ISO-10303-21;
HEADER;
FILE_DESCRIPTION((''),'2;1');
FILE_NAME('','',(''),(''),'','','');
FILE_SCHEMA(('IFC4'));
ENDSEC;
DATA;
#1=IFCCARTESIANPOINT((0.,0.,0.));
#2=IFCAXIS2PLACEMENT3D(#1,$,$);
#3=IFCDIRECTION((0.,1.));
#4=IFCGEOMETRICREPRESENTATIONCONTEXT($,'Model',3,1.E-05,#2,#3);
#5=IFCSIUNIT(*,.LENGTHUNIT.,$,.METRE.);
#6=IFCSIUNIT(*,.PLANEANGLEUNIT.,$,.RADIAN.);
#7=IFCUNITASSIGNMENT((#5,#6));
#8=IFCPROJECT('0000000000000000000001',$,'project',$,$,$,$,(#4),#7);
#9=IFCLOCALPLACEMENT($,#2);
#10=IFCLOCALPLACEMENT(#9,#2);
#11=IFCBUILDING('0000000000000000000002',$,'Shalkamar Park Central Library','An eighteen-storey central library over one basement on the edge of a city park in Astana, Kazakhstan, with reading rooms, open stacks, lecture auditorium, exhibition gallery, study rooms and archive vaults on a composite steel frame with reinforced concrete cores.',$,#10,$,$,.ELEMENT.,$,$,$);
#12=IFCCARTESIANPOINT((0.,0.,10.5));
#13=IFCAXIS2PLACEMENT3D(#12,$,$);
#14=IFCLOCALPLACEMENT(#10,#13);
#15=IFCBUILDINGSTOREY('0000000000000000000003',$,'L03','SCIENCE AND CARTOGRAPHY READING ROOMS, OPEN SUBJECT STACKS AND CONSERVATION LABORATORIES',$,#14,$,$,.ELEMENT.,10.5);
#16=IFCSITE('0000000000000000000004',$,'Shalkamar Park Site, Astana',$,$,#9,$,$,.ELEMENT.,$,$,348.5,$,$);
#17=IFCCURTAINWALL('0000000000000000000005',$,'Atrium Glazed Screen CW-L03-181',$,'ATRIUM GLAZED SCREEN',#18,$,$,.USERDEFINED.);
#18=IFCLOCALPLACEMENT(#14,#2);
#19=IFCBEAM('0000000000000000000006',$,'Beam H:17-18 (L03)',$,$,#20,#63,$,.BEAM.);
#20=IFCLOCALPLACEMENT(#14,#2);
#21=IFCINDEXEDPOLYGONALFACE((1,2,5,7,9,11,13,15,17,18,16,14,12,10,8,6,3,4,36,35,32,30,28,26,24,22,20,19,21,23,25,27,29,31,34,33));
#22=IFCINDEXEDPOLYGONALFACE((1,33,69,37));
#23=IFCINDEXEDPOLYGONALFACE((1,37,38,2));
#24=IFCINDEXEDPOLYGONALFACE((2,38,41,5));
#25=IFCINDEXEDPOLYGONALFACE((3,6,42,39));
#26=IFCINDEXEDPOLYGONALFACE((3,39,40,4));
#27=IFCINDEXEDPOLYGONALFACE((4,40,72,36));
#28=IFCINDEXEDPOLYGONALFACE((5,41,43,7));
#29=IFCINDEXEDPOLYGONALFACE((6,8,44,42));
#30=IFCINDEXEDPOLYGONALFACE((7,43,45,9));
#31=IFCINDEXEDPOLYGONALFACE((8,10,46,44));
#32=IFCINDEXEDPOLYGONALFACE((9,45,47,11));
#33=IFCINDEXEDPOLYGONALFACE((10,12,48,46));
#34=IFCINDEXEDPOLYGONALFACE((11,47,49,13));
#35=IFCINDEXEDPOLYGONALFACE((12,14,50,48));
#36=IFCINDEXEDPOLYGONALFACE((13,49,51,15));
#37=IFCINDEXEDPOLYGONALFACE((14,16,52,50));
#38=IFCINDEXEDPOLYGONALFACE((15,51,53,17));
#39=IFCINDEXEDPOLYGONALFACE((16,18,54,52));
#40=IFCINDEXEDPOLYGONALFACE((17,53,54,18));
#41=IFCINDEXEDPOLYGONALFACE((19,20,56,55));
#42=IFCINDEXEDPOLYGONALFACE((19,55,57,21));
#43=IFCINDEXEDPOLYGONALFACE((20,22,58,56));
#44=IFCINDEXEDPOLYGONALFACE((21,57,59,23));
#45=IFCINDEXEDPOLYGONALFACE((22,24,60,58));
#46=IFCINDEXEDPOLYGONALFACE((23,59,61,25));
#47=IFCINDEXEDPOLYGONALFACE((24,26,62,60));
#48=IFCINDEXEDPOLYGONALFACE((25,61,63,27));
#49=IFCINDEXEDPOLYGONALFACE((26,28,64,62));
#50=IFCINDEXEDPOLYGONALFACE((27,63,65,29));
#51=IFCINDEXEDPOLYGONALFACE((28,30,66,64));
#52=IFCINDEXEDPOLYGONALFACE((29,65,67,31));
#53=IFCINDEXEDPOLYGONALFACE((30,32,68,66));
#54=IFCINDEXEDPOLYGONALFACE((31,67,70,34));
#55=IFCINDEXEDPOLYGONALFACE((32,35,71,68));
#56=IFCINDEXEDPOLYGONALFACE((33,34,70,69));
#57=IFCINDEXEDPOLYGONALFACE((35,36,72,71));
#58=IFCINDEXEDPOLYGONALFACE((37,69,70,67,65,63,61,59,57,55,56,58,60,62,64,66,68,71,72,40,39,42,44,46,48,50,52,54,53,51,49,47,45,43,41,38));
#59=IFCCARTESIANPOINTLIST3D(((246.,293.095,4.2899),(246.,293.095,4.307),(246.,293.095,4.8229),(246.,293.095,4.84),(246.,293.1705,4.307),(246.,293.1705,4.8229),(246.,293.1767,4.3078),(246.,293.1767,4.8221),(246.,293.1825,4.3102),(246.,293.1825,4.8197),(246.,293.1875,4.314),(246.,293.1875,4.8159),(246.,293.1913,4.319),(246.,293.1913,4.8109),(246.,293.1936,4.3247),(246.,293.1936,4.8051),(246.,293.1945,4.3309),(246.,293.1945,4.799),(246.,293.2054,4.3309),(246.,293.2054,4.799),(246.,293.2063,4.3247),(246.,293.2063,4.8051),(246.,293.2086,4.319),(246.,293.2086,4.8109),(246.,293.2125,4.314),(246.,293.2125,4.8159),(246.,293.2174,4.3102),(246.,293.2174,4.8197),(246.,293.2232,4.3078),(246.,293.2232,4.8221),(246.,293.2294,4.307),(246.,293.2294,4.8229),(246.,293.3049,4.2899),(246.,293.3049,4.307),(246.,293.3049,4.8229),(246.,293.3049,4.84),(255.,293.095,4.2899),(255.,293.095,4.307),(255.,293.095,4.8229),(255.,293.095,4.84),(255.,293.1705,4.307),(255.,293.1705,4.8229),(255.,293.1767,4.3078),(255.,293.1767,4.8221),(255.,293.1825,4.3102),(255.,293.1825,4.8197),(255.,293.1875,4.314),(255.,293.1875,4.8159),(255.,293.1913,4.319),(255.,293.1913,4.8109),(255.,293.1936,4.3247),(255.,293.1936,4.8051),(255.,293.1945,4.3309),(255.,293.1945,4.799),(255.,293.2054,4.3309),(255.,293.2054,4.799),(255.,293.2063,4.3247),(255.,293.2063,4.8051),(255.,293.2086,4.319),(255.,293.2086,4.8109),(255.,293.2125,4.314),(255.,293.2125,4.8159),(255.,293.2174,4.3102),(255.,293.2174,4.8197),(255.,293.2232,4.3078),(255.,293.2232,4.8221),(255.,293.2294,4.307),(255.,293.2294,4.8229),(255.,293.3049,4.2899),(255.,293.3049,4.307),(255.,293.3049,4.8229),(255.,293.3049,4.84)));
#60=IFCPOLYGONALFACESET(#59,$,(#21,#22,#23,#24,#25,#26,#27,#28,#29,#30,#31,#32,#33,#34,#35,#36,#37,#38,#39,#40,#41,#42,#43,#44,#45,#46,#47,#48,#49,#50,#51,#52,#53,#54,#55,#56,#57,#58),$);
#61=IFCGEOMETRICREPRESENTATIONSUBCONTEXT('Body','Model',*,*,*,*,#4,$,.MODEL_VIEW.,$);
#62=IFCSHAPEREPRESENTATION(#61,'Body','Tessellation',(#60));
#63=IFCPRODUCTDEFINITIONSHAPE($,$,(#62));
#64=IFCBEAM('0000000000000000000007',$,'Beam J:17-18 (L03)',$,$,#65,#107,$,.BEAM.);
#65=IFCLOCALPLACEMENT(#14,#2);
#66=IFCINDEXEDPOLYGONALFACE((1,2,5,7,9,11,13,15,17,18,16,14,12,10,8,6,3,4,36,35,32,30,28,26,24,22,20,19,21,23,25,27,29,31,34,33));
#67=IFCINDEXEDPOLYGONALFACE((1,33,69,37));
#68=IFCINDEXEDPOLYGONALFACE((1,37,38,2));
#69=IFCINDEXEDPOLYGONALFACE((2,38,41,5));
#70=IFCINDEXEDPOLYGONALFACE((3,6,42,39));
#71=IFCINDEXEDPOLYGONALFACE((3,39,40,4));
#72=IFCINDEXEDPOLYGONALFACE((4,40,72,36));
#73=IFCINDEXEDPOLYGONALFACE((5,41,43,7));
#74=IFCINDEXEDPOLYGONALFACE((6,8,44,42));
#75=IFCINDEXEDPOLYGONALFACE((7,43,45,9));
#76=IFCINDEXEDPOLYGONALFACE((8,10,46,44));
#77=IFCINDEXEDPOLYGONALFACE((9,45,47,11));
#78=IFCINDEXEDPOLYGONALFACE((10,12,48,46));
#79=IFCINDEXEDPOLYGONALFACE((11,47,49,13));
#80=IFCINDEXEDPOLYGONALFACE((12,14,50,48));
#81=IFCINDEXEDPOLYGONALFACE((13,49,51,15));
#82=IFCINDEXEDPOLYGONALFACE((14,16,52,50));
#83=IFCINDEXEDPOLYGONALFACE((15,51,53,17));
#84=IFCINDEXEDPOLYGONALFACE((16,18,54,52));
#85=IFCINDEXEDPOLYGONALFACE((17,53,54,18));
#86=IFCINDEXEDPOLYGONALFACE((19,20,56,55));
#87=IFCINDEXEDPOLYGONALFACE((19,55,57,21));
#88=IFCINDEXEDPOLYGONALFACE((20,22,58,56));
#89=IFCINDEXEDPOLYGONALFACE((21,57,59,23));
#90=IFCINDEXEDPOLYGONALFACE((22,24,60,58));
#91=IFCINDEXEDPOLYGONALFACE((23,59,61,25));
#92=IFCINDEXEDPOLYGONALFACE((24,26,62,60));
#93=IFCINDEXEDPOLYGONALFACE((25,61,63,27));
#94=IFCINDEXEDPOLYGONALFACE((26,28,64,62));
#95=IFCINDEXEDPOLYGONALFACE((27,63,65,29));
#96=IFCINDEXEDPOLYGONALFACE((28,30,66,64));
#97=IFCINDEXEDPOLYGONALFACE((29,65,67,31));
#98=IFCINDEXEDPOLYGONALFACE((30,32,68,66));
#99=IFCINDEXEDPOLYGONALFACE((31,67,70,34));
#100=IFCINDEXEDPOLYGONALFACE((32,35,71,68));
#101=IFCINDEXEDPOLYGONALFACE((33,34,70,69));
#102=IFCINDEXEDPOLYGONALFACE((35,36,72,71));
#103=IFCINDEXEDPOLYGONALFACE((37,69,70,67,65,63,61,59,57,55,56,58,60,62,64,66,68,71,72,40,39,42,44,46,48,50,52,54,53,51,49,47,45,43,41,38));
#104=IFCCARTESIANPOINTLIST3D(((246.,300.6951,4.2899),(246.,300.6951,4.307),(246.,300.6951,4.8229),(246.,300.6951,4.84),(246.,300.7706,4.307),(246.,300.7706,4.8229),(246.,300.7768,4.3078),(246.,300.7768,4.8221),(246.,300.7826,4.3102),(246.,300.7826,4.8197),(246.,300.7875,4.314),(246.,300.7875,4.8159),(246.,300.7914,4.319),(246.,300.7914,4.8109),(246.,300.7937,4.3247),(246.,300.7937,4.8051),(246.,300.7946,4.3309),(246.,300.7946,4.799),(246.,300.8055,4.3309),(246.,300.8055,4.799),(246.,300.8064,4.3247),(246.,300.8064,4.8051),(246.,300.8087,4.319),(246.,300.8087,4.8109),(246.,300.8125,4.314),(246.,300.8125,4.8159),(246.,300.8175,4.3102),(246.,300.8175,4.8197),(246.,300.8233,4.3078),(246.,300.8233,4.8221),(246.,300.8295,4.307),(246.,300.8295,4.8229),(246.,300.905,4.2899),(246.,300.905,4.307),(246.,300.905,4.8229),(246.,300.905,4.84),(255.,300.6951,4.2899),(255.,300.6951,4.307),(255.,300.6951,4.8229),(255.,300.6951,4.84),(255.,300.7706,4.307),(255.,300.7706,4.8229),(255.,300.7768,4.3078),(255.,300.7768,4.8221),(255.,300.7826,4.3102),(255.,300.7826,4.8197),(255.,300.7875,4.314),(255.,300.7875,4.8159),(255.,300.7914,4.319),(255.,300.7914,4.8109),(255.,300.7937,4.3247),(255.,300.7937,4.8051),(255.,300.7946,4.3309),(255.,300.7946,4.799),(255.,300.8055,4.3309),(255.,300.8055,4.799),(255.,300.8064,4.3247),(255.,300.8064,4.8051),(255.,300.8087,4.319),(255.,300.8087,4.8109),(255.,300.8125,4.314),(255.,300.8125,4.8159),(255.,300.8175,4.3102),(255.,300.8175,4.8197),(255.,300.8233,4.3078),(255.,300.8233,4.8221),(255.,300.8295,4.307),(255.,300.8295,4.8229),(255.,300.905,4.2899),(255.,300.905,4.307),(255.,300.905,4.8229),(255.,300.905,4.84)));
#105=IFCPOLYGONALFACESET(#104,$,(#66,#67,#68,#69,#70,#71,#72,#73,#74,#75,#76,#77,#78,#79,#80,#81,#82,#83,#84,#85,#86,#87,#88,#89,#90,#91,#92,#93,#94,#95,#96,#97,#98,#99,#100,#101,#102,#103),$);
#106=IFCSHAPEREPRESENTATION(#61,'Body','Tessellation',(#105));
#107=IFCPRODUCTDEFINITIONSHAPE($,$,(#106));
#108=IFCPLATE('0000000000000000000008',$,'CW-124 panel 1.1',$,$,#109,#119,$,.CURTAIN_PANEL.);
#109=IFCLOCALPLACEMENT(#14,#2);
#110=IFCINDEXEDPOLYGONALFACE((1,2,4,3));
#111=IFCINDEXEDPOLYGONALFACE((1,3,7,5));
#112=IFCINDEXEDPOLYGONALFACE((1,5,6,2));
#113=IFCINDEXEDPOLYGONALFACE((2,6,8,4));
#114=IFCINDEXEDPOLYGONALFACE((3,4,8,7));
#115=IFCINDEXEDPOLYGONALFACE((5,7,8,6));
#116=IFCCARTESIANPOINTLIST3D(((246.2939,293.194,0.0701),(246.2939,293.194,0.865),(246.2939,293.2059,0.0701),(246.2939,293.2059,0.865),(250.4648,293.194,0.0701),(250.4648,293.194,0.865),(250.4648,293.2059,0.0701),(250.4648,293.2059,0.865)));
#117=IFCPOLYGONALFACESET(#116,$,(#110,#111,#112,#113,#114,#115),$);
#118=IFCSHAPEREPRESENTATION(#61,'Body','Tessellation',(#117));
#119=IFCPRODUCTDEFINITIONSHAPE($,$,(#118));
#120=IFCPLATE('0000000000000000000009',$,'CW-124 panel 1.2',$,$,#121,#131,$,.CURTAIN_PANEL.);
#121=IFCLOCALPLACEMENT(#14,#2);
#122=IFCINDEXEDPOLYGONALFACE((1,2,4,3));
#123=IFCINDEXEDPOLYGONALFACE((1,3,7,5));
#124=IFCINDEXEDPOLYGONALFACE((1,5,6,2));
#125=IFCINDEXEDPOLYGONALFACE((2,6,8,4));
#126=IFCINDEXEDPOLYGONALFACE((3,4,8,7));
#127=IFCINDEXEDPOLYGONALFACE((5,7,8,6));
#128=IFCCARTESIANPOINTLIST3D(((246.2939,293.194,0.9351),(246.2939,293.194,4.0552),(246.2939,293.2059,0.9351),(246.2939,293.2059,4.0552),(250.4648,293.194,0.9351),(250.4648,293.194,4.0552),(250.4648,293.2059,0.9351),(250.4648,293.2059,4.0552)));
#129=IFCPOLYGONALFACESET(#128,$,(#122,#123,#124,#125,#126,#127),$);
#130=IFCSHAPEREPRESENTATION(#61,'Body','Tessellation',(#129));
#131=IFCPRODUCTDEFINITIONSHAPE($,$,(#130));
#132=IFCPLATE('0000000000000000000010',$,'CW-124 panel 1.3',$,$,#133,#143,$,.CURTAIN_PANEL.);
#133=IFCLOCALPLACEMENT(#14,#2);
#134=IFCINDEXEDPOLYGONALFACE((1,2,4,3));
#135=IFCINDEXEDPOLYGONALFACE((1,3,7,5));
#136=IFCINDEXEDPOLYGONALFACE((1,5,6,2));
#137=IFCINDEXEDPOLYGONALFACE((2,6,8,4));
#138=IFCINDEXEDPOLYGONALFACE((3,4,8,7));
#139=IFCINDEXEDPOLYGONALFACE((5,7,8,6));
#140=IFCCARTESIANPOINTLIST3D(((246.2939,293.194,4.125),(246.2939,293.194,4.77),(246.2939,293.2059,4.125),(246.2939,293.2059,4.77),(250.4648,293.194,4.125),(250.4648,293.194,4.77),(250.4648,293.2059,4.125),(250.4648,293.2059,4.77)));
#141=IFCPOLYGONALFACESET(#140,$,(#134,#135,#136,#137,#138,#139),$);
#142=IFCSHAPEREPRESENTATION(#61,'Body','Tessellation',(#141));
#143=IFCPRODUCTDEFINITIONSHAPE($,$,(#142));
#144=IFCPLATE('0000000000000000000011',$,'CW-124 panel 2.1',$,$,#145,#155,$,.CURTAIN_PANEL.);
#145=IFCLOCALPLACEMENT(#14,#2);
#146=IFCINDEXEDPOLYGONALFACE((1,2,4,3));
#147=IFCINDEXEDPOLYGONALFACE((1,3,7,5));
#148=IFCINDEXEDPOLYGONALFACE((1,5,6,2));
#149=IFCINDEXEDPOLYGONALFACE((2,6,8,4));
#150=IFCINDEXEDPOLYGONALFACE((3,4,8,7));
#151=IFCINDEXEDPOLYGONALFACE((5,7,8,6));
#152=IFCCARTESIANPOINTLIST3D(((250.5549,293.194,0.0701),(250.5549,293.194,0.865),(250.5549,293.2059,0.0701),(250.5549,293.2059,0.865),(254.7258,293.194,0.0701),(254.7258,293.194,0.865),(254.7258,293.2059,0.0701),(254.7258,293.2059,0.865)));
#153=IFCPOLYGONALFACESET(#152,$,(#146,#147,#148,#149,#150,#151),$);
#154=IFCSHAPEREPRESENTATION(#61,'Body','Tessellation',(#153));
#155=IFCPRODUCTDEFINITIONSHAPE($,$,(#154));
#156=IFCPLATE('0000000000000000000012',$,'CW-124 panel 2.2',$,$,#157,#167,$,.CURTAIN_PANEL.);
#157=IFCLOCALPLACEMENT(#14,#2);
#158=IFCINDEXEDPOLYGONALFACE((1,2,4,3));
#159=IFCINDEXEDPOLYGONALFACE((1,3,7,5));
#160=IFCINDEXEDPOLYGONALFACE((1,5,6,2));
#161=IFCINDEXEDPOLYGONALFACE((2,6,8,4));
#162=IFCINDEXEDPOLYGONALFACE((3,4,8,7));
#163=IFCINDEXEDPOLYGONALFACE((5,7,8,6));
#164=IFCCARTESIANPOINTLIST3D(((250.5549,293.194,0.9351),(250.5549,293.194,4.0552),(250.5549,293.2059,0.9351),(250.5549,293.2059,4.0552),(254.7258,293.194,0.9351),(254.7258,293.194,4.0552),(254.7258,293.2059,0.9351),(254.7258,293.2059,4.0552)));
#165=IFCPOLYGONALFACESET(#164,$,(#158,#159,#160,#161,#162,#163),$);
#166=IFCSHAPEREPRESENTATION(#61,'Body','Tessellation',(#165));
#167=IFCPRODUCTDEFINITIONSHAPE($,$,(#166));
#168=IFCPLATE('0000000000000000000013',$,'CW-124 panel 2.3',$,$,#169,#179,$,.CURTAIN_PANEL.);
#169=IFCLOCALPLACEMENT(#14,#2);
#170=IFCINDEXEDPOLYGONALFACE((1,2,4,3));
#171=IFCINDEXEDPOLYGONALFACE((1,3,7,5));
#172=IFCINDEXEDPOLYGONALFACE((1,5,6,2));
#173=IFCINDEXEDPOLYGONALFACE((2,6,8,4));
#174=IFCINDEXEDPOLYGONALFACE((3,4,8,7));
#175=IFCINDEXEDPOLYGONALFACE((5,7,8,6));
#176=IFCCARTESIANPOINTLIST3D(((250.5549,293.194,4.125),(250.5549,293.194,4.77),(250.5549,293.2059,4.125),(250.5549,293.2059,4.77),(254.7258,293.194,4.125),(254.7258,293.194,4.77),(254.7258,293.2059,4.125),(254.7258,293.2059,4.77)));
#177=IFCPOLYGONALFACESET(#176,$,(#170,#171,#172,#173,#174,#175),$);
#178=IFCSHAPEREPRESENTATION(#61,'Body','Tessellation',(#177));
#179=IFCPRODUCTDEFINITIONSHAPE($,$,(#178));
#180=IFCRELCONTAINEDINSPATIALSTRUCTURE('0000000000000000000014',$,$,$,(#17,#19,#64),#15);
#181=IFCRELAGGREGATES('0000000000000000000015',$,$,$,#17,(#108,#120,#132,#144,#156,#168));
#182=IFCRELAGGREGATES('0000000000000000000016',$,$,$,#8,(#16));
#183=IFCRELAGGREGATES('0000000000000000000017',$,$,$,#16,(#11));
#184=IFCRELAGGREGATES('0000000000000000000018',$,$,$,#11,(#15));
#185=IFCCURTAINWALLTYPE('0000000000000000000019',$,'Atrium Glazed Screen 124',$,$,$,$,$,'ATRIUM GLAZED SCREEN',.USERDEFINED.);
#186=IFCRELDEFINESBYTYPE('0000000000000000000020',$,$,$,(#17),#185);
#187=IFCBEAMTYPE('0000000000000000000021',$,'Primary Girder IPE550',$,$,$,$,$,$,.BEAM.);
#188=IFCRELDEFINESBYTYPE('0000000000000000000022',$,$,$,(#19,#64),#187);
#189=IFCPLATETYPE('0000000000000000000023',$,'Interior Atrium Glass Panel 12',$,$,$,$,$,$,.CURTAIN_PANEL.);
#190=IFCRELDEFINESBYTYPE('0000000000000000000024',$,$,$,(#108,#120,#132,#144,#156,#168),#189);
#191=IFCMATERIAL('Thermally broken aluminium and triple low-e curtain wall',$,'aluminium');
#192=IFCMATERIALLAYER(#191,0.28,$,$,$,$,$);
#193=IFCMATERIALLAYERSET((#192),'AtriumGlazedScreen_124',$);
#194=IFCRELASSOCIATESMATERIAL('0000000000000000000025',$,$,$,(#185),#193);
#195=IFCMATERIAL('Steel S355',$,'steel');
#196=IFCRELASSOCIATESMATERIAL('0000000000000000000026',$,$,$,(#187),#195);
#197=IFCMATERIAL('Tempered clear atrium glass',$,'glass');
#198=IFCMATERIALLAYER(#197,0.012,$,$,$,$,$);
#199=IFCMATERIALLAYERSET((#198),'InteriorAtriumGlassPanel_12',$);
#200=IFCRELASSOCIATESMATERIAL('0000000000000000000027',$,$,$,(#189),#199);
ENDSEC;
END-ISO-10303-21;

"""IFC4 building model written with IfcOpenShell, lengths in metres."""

from ifc_helpers import new_model, si_unit, direction, frame, origin, origin_2d, place, context, subcontext, project, spatial, rectangle, i_section, extrude, material, layer, layer_set, material_profile, profile_set, type_object, element, aggregate, save


model = new_model("IFC4")

# Units and contexts
model_context = context("Model", 3, precision=1e-05, world=origin(), true_north=direction((0.0, 1.0)))
body_context = subcontext(model_context, "Body", "Model", "MODEL_VIEW")
ifc_project = project(units=[si_unit("LENGTHUNIT", "METRE"), si_unit("PLANEANGLEUNIT", "RADIAN")], contexts=[model_context])

# Site, building, storey
site_placement = place(None, origin())
site = spatial("IfcSite", under=ifc_project, at=site_placement, Name="Shalkamar Park Site, Astana", CompositionType="ELEMENT", RefElevation=348.5)
building_placement = place(site_placement, origin())
building = spatial("IfcBuilding", under=site, at=building_placement, Name="Shalkamar Park Central Library", Description="An eighteen-storey central library over one basement on the edge of a city park in Astana, Kazakhstan, with reading rooms, open stacks, lecture auditorium, exhibition gallery, study rooms and archive vaults on a composite steel frame with reinforced concrete cores.", CompositionType="ELEMENT")
storey_placement = place(building_placement, frame((0.0, 0.0, 10.5)))
storey = spatial("IfcBuildingStorey", under=building, at=storey_placement, Name="L03", Description="SCIENCE AND CARTOGRAPHY READING ROOMS, OPEN SUBJECT STACKS AND CONSERVATION LABORATORIES", CompositionType="ELEMENT", Elevation=10.5)

# Shared definitions
ifc_material_1 = material(Name="Steel S355", Category="steel")

# Curtain wall
ifc_material_2 = material(Name="Thermally broken aluminium and triple low-e curtain wall", Category="aluminium")
ifc_layer_1 = layer(ifc_material_2, 0.28)
ifc_layer_set_1 = layer_set([ifc_layer_1], Name="AtriumGlazedScreen_124")
curtain_wall_type = type_object("IfcCurtainWallType", Name="Atrium Glazed Screen 124", ElementType="ATRIUM GLAZED SCREEN", PredefinedType="USERDEFINED", material=ifc_layer_set_1)
curtain_wall_placement = place(storey_placement, origin())
curtain_wall = element("IfcCurtainWall", 1, at=curtain_wall_placement, inside=storey, type_object=curtain_wall_type, Name="Atrium Glazed Screen CW-L03-181", ObjectType="ATRIUM GLAZED SCREEN", PredefinedType="USERDEFINED")

# Beams
ifc_material_profile_1 = material_profile(ifc_material_1, i_section(OverallWidth=0.21, OverallDepth=0.55, WebThickness=0.011, FlangeThickness=0.0171, FilletRadius=0.0239, at=origin_2d()), Name="IPE 550")
ifc_profile_set_1 = profile_set([ifc_material_profile_1], Name="Steel S355")
beam_type_1 = type_object("IfcBeamType", Name="Primary Girder IPE550", PredefinedType="BEAM", material=ifc_profile_set_1)
for number, where, z_axis, x_axis, name in (
    (2, (246.0, 293.2, 4.5649), (1.0, 0.0, 0.0), (0.0, 1.0, 0.0), "Beam H:17-18 (L03)"),
    (3, (246.0, 300.8, 4.5649), (1.0, 0.0, 0.0), (0.0, 1.0, 0.0), "Beam J:17-18 (L03)"),
):
    element("IfcBeam", number, at=place(storey_placement, frame(where, z_axis=z_axis, x_axis=x_axis)), inside=storey, type_object=beam_type_1, Name=name, PredefinedType="BEAM", context=body_context, shape_type="SweptSolid", body=[
        extrude(i_section(OverallWidth=0.21, OverallDepth=0.55, WebThickness=0.011, FlangeThickness=0.0171, FilletRadius=0.0239, at=origin_2d()), origin(), (0.0, 0.0, 1.0), 9.0),
    ])

# Plates
ifc_material_3 = material(Name="Tempered clear atrium glass", Category="glass")
ifc_layer_2 = layer(ifc_material_3, 0.012)
ifc_layer_set_2 = layer_set([ifc_layer_2], Name="InteriorAtriumGlassPanel_12")
plate_type = type_object("IfcPlateType", Name="Interior Atrium Glass Panel 12", PredefinedType="CURTAIN_PANEL", material=ifc_layer_set_2)
plate_1_placement = place(storey_placement, frame((248.3794, 293.2, 0.0701), z_axis=(0.0, 0.0, 1.0), x_axis=(1.0, 0.0, 0.0)))
plate_1 = element("IfcPlate", 4, at=plate_1_placement, type_object=plate_type, Name="CW-124 panel 1.1", PredefinedType="CURTAIN_PANEL", context=body_context, shape_type="SweptSolid", body=[
    extrude(rectangle(XDim=4.1709, YDim=0.012, at=origin_2d()), origin(), (0.0, 0.0, 1.0), 0.7949),
])
plate_2_placement = place(storey_placement, frame((248.3794, 293.2, 0.9351), z_axis=(0.0, 0.0, 1.0), x_axis=(1.0, 0.0, 0.0)))
plate_2 = element("IfcPlate", 5, at=plate_2_placement, type_object=plate_type, Name="CW-124 panel 1.2", PredefinedType="CURTAIN_PANEL", context=body_context, shape_type="SweptSolid", body=[
    extrude(rectangle(XDim=4.1709, YDim=0.012, at=origin_2d()), origin(), (0.0, 0.0, 1.0), 3.1201),
])
plate_3_placement = place(storey_placement, frame((248.3794, 293.2, 4.125), z_axis=(0.0, 0.0, 1.0), x_axis=(1.0, 0.0, 0.0)))
plate_3 = element("IfcPlate", 6, at=plate_3_placement, type_object=plate_type, Name="CW-124 panel 1.3", PredefinedType="CURTAIN_PANEL", context=body_context, shape_type="SweptSolid", body=[
    extrude(rectangle(XDim=4.1709, YDim=0.012, at=origin_2d()), origin(), (0.0, 0.0, 1.0), 0.645),
])
plate_4_placement = place(storey_placement, frame((252.6404, 293.2, 0.0701), z_axis=(0.0, 0.0, 1.0), x_axis=(1.0, 0.0, 0.0)))
plate_4 = element("IfcPlate", 7, at=plate_4_placement, type_object=plate_type, Name="CW-124 panel 2.1", PredefinedType="CURTAIN_PANEL", context=body_context, shape_type="SweptSolid", body=[
    extrude(rectangle(XDim=4.1709, YDim=0.012, at=origin_2d()), origin(), (0.0, 0.0, 1.0), 0.7949),
])
plate_5_placement = place(storey_placement, frame((252.6404, 293.2, 0.9351), z_axis=(0.0, 0.0, 1.0), x_axis=(1.0, 0.0, 0.0)))
plate_5 = element("IfcPlate", 8, at=plate_5_placement, type_object=plate_type, Name="CW-124 panel 2.2", PredefinedType="CURTAIN_PANEL", context=body_context, shape_type="SweptSolid", body=[
    extrude(rectangle(XDim=4.1709, YDim=0.012, at=origin_2d()), origin(), (0.0, 0.0, 1.0), 3.1201),
])
plate_6_placement = place(storey_placement, frame((252.6404, 293.2, 4.125), z_axis=(0.0, 0.0, 1.0), x_axis=(1.0, 0.0, 0.0)))
plate_6 = element("IfcPlate", 9, at=plate_6_placement, type_object=plate_type, Name="CW-124 panel 2.3", PredefinedType="CURTAIN_PANEL", context=body_context, shape_type="SweptSolid", body=[
    extrude(rectangle(XDim=4.1709, YDim=0.012, at=origin_2d()), origin(), (0.0, 0.0, 1.0), 0.645),
])
aggregate(curtain_wall, [plate_1, plate_2, plate_3, plate_4, plate_5, plate_6])

save(model, "model.ifc")
